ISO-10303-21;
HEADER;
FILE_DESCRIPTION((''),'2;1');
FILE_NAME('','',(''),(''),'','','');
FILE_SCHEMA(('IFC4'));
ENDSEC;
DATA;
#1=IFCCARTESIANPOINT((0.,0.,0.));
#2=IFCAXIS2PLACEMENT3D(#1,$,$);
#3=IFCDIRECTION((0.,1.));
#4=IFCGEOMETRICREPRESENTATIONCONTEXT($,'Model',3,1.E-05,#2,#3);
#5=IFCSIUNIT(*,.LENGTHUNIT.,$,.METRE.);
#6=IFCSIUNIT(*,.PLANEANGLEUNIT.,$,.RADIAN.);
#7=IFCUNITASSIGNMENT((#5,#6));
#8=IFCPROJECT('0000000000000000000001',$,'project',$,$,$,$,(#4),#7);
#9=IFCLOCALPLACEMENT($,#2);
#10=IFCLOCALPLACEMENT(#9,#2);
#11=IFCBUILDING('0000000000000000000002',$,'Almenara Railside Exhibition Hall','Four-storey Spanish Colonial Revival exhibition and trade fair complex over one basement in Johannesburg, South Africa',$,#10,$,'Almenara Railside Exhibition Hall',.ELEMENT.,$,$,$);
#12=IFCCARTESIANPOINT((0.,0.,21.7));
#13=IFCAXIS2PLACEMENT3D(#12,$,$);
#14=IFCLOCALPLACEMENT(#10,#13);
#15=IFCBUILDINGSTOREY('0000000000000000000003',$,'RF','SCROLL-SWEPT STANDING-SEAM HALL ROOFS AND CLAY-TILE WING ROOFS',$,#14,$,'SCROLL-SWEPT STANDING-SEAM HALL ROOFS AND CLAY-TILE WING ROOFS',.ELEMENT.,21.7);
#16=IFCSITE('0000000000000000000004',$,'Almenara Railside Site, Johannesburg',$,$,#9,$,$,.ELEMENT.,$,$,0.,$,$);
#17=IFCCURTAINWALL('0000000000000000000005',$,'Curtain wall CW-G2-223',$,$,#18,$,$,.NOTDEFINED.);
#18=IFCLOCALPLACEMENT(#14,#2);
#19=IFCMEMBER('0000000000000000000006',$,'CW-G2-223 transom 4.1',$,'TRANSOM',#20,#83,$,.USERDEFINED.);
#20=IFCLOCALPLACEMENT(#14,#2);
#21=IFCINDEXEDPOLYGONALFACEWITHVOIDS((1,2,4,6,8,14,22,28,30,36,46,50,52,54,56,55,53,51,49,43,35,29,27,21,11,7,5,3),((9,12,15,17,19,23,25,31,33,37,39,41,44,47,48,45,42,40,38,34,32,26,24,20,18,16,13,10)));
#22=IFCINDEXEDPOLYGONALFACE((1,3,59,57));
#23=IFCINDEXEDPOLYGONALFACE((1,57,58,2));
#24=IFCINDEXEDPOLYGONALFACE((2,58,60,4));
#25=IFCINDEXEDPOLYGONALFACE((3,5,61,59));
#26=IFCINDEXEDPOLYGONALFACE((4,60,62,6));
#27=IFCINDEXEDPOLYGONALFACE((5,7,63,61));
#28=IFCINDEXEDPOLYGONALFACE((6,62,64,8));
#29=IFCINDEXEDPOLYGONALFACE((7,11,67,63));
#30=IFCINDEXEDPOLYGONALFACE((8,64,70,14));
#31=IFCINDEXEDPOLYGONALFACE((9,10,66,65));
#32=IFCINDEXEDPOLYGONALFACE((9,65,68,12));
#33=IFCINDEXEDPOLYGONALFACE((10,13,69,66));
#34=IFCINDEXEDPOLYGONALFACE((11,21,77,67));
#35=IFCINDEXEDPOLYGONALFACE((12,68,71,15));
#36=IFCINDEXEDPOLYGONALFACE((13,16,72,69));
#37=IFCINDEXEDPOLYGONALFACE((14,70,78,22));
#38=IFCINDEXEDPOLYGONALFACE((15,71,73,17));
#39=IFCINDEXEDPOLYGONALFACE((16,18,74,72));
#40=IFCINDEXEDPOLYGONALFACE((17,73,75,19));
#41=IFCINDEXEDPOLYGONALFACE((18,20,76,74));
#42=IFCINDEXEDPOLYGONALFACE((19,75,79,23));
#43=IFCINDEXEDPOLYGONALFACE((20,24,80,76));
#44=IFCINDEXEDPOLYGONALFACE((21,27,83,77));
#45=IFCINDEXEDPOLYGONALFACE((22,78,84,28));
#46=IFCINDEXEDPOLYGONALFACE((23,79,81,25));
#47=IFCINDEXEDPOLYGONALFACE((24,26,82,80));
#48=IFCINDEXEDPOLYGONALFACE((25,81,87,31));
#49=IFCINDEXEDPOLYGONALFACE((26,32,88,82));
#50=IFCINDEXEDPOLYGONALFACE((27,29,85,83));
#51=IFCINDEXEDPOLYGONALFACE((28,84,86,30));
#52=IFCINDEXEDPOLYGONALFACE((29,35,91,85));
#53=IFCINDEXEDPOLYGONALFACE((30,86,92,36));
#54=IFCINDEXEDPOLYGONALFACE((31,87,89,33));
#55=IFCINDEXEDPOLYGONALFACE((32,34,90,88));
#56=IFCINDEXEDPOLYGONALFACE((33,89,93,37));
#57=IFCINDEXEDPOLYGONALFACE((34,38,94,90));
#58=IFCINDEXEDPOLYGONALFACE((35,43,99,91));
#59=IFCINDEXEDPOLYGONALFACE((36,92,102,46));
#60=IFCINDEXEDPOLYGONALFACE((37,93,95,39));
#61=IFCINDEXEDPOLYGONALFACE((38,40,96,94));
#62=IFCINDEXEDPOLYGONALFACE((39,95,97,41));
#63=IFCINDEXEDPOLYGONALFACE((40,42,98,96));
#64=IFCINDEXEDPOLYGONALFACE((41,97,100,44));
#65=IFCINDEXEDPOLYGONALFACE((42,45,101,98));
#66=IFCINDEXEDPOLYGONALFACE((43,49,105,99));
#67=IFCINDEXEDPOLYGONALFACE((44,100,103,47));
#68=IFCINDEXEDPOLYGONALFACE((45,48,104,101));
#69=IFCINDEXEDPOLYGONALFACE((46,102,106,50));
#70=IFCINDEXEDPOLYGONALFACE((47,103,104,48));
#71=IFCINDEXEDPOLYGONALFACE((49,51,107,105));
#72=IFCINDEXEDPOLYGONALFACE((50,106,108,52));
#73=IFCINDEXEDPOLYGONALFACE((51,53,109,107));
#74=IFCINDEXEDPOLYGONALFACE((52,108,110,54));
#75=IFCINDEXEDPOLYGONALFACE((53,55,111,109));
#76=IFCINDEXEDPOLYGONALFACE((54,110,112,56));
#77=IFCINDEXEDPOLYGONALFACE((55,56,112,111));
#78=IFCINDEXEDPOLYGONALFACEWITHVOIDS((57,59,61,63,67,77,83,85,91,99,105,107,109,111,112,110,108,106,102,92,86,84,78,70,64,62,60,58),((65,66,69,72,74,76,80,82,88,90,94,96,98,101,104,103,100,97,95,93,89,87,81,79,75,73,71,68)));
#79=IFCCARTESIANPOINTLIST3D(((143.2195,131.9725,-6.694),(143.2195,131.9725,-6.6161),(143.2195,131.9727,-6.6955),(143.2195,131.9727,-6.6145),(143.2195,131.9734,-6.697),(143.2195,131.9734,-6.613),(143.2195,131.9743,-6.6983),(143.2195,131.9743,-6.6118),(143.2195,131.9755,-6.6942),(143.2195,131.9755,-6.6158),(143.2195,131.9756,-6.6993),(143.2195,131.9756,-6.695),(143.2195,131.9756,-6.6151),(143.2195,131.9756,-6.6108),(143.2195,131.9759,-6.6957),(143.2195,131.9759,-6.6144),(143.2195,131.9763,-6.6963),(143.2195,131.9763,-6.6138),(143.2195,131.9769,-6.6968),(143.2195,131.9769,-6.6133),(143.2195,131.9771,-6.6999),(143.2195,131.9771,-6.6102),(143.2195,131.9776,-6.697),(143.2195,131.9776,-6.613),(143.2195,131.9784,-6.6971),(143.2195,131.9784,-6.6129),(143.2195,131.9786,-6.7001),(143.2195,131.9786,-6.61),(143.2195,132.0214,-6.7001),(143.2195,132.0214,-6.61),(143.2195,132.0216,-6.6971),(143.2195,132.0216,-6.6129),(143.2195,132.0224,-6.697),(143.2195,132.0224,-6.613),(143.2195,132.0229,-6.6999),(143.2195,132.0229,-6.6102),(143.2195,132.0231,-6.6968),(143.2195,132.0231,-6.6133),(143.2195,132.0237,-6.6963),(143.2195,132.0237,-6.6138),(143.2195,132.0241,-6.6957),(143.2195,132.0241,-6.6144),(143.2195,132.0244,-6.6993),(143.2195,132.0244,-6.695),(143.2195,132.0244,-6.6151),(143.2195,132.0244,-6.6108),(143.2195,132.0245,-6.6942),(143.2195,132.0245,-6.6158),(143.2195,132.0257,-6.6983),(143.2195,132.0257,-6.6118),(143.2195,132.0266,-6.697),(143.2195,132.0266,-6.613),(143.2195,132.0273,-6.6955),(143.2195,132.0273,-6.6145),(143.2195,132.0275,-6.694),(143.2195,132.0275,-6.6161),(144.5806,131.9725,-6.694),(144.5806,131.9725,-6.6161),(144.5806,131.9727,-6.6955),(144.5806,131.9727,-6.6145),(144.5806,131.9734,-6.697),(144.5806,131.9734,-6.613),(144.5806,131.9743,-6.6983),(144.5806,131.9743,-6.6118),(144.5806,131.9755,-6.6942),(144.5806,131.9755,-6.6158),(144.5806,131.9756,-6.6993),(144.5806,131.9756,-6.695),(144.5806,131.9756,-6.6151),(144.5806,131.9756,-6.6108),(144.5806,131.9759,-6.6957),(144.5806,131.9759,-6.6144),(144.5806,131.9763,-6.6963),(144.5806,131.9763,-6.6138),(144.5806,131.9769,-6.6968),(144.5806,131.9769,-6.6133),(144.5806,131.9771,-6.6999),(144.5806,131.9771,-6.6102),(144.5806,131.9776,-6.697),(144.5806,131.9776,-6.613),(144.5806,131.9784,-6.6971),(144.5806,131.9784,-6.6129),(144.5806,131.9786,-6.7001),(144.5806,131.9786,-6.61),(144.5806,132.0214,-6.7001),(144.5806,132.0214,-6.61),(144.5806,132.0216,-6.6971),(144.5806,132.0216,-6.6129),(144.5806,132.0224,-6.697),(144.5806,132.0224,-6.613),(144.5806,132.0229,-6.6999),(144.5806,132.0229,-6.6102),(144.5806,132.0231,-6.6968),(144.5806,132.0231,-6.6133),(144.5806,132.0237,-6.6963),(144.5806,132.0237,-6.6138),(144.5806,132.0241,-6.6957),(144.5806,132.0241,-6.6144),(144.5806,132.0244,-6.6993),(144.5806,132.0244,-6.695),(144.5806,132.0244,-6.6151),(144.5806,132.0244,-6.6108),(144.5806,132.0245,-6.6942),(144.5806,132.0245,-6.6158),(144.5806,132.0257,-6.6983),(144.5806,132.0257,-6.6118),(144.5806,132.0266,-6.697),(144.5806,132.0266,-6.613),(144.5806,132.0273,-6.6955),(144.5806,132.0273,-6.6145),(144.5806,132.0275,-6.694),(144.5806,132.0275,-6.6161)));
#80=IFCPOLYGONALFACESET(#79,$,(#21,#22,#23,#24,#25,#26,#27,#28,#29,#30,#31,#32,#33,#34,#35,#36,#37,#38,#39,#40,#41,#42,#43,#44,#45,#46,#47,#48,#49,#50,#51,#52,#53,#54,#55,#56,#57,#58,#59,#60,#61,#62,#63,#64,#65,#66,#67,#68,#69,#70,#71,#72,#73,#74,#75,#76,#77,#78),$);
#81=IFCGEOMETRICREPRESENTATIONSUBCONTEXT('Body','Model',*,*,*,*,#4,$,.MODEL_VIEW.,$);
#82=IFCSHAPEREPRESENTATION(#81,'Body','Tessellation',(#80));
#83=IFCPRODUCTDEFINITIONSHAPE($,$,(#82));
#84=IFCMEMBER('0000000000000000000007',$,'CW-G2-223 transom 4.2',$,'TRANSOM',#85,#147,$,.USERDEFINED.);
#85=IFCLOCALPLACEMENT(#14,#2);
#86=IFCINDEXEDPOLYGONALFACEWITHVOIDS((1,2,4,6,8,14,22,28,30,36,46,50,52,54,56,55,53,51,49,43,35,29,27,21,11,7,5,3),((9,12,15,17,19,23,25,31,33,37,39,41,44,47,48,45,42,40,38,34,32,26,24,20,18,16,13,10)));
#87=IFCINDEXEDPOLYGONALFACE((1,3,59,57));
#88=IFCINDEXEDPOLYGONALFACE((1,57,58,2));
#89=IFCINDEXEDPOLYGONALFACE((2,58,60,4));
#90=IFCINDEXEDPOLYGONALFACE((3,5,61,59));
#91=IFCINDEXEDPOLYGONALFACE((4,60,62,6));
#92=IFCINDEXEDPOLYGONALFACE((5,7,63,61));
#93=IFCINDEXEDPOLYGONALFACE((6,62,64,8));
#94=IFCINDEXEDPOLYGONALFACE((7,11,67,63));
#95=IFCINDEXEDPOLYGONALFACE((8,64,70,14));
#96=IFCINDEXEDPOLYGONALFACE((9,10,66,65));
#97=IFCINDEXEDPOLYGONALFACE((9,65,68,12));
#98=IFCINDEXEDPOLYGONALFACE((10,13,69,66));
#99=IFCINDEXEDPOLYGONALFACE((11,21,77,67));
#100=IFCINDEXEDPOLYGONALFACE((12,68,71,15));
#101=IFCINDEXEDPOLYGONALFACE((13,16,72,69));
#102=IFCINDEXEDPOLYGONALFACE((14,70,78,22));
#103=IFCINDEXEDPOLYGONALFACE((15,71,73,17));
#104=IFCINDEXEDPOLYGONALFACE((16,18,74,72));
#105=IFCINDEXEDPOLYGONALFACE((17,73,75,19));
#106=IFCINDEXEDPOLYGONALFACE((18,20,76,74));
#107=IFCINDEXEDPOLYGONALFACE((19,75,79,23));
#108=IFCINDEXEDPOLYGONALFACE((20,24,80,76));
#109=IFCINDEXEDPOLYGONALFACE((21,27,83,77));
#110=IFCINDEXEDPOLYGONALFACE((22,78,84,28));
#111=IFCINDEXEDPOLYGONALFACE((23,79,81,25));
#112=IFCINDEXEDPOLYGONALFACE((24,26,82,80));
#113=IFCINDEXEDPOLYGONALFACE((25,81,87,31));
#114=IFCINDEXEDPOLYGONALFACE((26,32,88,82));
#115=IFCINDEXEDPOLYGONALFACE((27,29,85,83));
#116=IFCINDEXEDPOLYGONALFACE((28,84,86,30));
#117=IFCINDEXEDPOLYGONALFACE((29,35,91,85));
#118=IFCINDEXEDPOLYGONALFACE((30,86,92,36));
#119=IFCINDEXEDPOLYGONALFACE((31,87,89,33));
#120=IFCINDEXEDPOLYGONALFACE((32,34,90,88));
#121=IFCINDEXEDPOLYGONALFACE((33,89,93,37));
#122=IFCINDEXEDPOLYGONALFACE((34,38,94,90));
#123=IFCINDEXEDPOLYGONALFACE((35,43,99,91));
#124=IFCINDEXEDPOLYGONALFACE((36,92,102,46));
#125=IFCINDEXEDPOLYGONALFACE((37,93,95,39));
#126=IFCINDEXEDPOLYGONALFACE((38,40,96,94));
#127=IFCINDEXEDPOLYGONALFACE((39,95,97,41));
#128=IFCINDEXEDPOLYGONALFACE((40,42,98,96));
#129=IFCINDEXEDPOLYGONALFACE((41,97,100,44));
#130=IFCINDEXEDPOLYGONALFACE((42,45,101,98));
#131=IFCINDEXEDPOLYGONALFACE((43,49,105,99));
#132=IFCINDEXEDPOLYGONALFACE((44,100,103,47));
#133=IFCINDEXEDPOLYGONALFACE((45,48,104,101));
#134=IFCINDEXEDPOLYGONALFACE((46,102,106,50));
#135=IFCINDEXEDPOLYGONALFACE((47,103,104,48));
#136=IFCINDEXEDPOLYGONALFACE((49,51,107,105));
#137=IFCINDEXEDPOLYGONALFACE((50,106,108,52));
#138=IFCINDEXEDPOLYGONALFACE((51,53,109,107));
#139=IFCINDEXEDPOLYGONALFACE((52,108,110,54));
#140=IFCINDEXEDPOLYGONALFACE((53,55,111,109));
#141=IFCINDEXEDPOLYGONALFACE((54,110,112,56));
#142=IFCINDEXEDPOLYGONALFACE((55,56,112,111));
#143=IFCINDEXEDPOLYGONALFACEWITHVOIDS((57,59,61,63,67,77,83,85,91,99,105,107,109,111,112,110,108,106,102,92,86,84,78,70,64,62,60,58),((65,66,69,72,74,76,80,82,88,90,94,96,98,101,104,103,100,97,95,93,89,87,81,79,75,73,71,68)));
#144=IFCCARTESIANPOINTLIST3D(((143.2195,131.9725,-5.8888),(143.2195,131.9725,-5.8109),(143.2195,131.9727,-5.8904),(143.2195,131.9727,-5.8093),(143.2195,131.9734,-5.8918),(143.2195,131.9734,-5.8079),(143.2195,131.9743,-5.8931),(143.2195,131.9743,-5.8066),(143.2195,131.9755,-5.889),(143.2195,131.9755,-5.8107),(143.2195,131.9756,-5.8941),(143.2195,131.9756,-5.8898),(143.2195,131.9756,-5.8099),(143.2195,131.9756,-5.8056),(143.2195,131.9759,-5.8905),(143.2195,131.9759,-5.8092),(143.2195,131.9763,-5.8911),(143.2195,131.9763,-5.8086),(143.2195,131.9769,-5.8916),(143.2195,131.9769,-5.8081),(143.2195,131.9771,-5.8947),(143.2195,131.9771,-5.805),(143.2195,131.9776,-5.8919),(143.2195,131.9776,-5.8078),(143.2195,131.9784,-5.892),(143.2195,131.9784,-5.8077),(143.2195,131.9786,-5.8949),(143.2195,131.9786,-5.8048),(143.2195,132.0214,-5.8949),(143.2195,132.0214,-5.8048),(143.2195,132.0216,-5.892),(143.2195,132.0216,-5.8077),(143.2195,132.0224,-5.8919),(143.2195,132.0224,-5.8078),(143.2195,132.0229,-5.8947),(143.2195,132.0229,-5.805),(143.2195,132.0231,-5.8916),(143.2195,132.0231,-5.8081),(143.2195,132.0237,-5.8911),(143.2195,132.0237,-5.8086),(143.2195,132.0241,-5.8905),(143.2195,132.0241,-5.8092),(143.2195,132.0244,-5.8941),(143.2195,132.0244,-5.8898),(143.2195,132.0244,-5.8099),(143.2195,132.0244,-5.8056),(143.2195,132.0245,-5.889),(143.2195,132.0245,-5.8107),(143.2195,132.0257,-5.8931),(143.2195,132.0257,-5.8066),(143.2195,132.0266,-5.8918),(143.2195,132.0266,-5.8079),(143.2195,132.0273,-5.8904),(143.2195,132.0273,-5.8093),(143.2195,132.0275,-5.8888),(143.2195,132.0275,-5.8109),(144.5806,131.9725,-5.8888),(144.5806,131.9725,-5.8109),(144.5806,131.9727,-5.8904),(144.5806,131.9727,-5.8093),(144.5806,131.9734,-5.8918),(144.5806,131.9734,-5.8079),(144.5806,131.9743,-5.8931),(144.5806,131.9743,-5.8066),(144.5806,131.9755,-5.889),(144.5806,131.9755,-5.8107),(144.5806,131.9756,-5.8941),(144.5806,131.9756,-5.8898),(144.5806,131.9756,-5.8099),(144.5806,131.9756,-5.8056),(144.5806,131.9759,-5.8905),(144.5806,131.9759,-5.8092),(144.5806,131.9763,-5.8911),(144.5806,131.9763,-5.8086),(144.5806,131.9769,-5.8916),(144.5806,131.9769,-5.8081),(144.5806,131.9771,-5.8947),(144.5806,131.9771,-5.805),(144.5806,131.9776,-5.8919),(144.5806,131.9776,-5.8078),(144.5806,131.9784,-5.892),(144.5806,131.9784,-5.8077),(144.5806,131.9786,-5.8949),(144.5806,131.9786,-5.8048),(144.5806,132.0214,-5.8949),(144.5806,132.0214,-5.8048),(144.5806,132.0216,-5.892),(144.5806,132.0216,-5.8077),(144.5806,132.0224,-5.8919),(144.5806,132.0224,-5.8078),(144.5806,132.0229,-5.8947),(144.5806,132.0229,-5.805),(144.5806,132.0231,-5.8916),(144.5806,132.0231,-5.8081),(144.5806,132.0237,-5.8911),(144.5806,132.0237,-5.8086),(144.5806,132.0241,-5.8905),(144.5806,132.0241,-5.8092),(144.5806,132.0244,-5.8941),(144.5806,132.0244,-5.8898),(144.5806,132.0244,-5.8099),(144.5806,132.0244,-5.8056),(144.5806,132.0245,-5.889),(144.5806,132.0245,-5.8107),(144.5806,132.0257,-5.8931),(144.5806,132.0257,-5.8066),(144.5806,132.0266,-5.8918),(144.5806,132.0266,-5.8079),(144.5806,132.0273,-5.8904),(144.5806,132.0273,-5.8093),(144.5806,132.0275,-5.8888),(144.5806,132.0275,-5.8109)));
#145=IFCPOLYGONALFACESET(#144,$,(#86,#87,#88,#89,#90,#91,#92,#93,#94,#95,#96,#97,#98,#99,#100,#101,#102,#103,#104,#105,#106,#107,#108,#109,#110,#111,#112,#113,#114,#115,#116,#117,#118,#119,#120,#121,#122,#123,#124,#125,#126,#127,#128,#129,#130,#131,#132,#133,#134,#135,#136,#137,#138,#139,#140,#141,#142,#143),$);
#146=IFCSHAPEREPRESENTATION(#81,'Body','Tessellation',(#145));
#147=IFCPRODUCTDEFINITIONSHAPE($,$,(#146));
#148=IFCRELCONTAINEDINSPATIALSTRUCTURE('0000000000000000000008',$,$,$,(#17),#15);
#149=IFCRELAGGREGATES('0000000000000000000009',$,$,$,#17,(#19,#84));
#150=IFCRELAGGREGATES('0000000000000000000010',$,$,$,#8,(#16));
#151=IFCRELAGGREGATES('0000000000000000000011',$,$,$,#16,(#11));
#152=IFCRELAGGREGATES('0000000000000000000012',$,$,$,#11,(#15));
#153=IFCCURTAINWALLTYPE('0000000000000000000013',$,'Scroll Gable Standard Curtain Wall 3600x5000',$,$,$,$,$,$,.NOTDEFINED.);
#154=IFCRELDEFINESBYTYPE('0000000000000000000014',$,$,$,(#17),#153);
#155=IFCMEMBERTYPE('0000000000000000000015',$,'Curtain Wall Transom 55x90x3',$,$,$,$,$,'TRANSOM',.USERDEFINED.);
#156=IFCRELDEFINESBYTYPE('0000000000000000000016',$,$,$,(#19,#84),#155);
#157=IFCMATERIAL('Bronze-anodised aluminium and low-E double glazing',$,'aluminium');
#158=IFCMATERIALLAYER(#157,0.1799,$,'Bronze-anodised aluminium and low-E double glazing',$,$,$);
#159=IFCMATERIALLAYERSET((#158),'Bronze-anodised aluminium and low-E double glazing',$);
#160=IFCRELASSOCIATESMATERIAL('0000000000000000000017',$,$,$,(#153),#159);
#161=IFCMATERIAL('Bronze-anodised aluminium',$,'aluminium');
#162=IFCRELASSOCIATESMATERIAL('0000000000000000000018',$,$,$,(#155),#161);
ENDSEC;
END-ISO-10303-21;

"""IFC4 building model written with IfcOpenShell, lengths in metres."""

from ifc_helpers import new_model, si_unit, direction, frame, origin, origin_2d, place, context, subcontext, project, spatial, hollow_rectangle, extrude, material, layer, layer_set, material_profile, profile_set, type_object, element, aggregate, save


model = new_model("IFC4")

# Units and contexts
model_context = context("Model", 3, precision=1e-05, world=origin(), true_north=direction((0.0, 1.0)))
body_context = subcontext(model_context, "Body", "Model", "MODEL_VIEW")
ifc_project = project(units=[si_unit("LENGTHUNIT", "METRE"), si_unit("PLANEANGLEUNIT", "RADIAN")], contexts=[model_context])

# Site, building, storey
site_placement = place(None, origin())
site = spatial("IfcSite", under=ifc_project, at=site_placement, Name="Almenara Railside Site, Johannesburg", CompositionType="ELEMENT", RefElevation=0.0)
building_placement = place(site_placement, origin())
building = spatial("IfcBuilding", under=site, at=building_placement, Name="Almenara Railside Exhibition Hall", Description="Four-storey Spanish Colonial Revival exhibition and trade fair complex over one basement in Johannesburg, South Africa", LongName="Almenara Railside Exhibition Hall", CompositionType="ELEMENT")
storey_placement = place(building_placement, frame((0.0, 0.0, 21.7)))
storey = spatial("IfcBuildingStorey", under=building, at=storey_placement, Name="RF", Description="SCROLL-SWEPT STANDING-SEAM HALL ROOFS AND CLAY-TILE WING ROOFS", LongName="SCROLL-SWEPT STANDING-SEAM HALL ROOFS AND CLAY-TILE WING ROOFS", CompositionType="ELEMENT", Elevation=21.7)

# Curtain wall, members
ifc_material_1 = material(Name="Bronze-anodised aluminium and low-E double glazing", Category="aluminium")
ifc_layer_1 = layer(ifc_material_1, 0.1799, Name="Bronze-anodised aluminium and low-E double glazing")
ifc_layer_set_1 = layer_set([ifc_layer_1], Name="Bronze-anodised aluminium and low-E double glazing")
curtain_wall_type = type_object("IfcCurtainWallType", Name="Scroll Gable Standard Curtain Wall 3600x5000", PredefinedType="NOTDEFINED", material=ifc_layer_set_1)
curtain_wall_placement = place(storey_placement, origin())
curtain_wall = element("IfcCurtainWall", 1, at=curtain_wall_placement, inside=storey, type_object=curtain_wall_type, Name="Curtain wall CW-G2-223", PredefinedType="NOTDEFINED")
ifc_material_2 = material(Name="Bronze-anodised aluminium", Category="aluminium")
ifc_material_profile_1 = material_profile(ifc_material_2, hollow_rectangle(XDim=0.0549, YDim=0.0901, WallThickness=0.0029, InnerFilletRadius=0.0029, OuterFilletRadius=0.0061, at=origin_2d()), Name="ALU-TRN 55x90x3")
ifc_profile_set_1 = profile_set([ifc_material_profile_1], Name="Bronze-anodised aluminium")
member_type_1 = type_object("IfcMemberType", Name="Curtain Wall Transom 55x90x3", ElementType="TRANSOM", PredefinedType="USERDEFINED", material=ifc_profile_set_1)
member_1_placement = place(storey_placement, frame((143.2195, 132.0, -6.655), z_axis=(1.0, 0.0, 0.0), x_axis=(0.0, 1.0, 0.0)))
member_1 = element("IfcMember", 2, at=member_1_placement, type_object=member_type_1, Name="CW-G2-223 transom 4.1", ObjectType="TRANSOM", PredefinedType="USERDEFINED", context=body_context, shape_type="SweptSolid", body=[
    extrude(hollow_rectangle(XDim=0.0549, YDim=0.0901, WallThickness=0.0029, InnerFilletRadius=0.0029, OuterFilletRadius=0.0061, at=origin_2d()), origin(), (0.0, 0.0, 1.0), 1.3611),
])
member_2_placement = place(storey_placement, frame((143.2195, 132.0, -5.8499), z_axis=(1.0, 0.0, 0.0), x_axis=(0.0, 1.0, 0.0)))
member_2 = element("IfcMember", 3, at=member_2_placement, type_object=member_type_1, Name="CW-G2-223 transom 4.2", ObjectType="TRANSOM", PredefinedType="USERDEFINED", context=body_context, shape_type="SweptSolid", body=[
    extrude(hollow_rectangle(XDim=0.0549, YDim=0.0901, WallThickness=0.0029, InnerFilletRadius=0.0029, OuterFilletRadius=0.0061, at=origin_2d()), origin(), (0.0, 0.0, 1.0), 1.3611),
])

aggregate(curtain_wall, [member_1, member_2])

save(model, "model.ifc")
